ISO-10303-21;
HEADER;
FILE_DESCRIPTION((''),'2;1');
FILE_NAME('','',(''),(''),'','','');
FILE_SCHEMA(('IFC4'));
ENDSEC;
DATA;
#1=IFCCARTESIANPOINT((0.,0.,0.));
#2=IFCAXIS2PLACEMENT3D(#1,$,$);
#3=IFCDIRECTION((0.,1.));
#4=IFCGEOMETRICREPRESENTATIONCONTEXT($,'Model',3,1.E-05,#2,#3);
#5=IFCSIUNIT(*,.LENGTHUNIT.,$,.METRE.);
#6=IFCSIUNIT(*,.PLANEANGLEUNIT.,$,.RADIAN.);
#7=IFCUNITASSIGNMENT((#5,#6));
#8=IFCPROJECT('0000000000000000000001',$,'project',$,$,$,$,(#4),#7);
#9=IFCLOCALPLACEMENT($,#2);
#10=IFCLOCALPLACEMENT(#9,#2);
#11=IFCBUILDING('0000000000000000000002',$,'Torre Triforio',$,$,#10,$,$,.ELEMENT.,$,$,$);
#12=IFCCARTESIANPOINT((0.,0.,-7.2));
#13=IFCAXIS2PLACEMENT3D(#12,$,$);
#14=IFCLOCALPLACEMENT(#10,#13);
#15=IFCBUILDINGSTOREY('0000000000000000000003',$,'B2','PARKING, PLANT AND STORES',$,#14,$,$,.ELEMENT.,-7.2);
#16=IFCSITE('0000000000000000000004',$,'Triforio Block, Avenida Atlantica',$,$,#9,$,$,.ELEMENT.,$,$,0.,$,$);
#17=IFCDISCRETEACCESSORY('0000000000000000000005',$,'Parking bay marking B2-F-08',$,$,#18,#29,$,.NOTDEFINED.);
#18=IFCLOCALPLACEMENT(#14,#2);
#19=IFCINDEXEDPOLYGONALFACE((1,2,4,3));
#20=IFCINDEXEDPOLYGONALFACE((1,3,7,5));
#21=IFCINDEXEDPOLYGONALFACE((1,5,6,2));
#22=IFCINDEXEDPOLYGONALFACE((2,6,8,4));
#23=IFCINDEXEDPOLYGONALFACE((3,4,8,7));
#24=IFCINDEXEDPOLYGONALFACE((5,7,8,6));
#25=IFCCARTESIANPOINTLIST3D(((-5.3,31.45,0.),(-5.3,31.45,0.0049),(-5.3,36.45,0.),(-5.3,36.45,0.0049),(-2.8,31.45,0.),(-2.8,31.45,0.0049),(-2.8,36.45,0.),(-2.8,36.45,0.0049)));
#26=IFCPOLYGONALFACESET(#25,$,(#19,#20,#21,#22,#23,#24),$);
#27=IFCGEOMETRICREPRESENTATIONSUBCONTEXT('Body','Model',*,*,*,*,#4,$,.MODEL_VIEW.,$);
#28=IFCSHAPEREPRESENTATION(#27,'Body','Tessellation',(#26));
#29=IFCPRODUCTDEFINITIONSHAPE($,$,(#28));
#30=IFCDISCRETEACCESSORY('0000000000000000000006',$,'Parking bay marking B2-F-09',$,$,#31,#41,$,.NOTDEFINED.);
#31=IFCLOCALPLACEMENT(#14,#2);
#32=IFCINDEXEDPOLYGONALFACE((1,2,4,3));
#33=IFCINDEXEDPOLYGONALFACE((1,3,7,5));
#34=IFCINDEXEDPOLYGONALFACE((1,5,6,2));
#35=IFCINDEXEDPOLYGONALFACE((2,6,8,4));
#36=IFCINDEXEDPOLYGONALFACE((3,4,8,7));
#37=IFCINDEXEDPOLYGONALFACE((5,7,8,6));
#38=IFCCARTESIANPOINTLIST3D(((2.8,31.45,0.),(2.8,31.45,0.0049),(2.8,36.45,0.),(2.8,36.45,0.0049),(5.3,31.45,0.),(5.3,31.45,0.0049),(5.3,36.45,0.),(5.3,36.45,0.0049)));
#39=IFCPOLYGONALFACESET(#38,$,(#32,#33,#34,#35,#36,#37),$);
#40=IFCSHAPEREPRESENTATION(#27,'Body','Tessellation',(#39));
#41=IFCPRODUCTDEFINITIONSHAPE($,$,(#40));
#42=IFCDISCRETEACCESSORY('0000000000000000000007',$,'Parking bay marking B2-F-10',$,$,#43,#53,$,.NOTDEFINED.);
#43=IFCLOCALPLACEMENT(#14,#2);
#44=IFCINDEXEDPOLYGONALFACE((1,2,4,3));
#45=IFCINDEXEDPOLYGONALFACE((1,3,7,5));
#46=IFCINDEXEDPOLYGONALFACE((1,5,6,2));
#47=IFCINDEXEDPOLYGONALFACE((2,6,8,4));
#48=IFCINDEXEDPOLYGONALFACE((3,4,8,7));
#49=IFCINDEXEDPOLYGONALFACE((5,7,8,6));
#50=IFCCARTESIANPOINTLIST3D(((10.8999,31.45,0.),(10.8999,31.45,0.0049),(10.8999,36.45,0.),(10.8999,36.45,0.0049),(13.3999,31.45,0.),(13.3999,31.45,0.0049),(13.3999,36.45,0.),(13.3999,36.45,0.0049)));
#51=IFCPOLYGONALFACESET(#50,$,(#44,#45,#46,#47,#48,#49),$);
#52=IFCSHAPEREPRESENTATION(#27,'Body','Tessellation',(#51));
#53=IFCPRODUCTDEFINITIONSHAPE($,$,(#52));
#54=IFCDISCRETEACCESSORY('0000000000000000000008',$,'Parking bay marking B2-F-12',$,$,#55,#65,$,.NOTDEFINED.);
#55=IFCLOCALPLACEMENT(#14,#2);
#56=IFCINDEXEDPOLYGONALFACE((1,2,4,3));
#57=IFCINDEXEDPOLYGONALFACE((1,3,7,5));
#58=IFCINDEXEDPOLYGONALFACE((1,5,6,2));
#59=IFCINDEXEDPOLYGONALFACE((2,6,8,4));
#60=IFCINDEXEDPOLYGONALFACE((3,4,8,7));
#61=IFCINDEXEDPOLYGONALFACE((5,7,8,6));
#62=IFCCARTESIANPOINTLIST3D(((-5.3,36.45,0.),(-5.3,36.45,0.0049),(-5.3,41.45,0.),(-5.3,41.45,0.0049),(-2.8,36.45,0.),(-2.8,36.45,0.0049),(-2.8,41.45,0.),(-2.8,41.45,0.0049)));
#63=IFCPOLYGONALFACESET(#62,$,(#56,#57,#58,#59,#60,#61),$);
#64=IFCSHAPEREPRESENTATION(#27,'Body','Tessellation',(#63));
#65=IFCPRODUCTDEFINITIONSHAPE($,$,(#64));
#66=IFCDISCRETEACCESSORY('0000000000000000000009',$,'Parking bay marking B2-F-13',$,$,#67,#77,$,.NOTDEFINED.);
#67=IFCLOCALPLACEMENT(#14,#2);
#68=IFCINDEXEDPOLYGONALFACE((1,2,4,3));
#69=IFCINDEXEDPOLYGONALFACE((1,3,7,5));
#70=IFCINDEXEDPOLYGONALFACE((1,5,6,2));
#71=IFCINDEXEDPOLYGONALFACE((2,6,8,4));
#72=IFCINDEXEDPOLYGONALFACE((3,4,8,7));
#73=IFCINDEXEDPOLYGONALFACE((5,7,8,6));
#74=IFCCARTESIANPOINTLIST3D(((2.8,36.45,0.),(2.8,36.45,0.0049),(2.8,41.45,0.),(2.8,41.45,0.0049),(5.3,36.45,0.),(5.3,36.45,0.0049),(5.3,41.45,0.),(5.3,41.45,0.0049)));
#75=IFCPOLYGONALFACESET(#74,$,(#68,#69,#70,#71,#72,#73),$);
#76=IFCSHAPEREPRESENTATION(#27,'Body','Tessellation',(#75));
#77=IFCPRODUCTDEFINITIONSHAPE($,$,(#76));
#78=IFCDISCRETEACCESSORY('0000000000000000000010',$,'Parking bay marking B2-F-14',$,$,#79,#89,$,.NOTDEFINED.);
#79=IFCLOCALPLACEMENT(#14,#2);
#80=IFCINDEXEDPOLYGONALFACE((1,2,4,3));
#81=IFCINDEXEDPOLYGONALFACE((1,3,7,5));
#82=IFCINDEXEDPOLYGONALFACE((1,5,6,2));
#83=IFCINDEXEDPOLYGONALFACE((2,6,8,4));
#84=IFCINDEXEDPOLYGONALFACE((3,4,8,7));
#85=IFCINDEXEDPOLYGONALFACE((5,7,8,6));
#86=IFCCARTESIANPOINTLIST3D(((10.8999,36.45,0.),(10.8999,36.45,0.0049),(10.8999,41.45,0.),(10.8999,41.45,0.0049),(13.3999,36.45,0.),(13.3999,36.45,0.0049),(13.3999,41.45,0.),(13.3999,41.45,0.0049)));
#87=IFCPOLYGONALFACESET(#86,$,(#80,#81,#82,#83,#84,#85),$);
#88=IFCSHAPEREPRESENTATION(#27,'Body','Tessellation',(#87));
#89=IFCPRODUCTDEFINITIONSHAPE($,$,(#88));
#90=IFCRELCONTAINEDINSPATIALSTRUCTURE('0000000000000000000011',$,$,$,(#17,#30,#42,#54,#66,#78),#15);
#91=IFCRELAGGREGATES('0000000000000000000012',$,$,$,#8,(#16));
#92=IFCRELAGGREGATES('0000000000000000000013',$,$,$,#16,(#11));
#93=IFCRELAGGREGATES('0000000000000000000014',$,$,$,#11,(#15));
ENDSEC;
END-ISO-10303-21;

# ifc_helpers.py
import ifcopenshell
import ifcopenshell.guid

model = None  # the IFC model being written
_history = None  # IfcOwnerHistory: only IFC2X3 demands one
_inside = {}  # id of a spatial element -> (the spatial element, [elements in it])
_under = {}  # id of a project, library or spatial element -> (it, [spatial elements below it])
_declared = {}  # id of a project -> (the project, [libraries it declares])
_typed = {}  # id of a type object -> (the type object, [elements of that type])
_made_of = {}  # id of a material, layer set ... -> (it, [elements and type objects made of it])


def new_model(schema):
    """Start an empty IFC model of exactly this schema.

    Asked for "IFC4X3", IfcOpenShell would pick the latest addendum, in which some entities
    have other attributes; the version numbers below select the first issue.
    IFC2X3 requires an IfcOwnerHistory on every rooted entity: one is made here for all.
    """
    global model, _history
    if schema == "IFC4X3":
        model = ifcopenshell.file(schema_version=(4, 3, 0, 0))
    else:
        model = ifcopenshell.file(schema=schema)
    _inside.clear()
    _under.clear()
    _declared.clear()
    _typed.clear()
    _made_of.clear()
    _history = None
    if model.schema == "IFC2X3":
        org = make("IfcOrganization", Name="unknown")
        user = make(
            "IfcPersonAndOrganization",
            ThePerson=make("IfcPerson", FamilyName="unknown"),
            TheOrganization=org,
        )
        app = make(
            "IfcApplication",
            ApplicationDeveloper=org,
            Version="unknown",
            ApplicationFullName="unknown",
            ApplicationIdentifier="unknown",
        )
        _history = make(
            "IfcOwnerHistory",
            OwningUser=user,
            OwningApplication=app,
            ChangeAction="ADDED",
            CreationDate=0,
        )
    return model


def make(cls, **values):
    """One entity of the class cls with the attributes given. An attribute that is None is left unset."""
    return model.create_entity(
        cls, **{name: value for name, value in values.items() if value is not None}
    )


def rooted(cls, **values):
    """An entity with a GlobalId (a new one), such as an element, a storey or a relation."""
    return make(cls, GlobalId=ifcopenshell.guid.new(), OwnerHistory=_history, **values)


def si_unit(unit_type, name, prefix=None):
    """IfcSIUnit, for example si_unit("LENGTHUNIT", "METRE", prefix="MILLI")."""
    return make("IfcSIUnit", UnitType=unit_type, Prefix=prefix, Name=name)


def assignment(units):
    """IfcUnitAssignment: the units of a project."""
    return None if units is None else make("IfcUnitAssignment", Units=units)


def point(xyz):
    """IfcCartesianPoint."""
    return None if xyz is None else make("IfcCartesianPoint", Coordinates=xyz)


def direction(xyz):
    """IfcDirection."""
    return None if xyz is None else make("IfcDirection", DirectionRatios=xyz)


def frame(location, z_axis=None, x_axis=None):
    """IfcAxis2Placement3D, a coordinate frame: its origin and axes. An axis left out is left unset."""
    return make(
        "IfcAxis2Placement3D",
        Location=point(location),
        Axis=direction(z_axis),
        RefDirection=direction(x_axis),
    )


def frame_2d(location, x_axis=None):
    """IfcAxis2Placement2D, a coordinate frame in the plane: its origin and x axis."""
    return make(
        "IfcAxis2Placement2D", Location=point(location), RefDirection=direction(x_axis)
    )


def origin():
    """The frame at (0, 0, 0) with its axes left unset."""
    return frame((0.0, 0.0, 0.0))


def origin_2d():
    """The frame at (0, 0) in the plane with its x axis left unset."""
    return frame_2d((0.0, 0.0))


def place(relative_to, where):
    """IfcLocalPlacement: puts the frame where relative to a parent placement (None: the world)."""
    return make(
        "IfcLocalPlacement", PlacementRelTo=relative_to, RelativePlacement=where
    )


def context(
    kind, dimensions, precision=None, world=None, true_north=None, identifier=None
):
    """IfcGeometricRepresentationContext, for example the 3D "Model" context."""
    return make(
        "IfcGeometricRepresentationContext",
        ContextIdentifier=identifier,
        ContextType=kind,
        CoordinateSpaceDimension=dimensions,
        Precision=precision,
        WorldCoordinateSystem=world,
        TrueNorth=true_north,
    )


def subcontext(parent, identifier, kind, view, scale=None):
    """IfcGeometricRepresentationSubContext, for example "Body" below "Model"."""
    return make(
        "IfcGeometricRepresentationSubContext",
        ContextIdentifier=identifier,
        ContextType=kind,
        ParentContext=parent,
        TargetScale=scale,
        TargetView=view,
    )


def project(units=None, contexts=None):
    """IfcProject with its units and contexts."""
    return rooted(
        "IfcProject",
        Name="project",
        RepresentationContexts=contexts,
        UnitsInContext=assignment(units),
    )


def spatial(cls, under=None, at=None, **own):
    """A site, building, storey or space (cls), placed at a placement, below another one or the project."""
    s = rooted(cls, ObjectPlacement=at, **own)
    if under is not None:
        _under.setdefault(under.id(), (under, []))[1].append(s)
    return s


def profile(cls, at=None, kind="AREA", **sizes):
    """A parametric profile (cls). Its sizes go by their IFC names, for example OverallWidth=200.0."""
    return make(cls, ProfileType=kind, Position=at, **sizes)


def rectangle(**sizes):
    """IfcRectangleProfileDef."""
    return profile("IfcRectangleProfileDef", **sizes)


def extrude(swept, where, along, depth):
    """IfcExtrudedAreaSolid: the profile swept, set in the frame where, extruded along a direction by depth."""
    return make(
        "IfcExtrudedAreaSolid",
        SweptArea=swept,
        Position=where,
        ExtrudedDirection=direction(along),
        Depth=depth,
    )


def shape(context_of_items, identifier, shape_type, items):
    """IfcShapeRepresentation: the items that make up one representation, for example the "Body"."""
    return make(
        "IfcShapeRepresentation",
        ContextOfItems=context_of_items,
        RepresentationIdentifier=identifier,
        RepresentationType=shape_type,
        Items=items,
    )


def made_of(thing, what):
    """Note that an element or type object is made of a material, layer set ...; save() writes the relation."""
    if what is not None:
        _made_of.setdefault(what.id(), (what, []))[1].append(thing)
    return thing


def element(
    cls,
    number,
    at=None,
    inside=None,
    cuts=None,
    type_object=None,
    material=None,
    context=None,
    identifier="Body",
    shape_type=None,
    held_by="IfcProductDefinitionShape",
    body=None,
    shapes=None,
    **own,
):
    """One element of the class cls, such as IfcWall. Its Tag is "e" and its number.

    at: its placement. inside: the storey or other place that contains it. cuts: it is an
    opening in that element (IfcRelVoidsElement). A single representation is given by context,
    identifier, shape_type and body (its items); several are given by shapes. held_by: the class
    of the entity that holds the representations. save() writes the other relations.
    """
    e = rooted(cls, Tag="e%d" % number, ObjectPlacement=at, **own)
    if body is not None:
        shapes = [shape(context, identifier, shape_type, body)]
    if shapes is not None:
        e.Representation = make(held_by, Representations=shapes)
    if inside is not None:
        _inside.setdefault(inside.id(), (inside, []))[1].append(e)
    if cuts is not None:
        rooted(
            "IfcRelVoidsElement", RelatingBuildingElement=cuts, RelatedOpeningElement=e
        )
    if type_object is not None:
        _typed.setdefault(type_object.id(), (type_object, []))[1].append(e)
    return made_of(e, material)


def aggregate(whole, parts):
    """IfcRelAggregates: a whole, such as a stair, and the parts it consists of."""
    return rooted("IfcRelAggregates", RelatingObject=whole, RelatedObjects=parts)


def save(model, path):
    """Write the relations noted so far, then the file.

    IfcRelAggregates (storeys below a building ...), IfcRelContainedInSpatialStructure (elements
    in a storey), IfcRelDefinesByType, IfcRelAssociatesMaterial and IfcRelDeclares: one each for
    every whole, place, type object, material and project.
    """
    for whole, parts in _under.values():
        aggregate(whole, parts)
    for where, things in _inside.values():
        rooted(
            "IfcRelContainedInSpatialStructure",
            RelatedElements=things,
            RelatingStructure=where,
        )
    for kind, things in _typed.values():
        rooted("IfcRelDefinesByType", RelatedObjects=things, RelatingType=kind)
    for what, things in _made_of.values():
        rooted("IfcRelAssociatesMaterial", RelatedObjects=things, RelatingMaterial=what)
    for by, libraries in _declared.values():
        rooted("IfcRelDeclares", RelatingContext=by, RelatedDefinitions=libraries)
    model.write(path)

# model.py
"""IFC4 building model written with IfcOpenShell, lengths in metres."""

from ifc_helpers import new_model, si_unit, direction, frame, origin, origin_2d, place, context, subcontext, project, spatial, rectangle, extrude, element, save


model = new_model("IFC4")

# Units and contexts
model_context = context("Model", 3, precision=1e-05, world=origin(), true_north=direction((0.0, 1.0)))
body_context = subcontext(model_context, "Body", "Model", "MODEL_VIEW")
ifc_project = project(units=[si_unit("LENGTHUNIT", "METRE"), si_unit("PLANEANGLEUNIT", "RADIAN")], contexts=[model_context])

# Site, building, storey
site_placement = place(None, origin())
site = spatial("IfcSite", under=ifc_project, at=site_placement, Name="Triforio Block, Avenida Atlantica", CompositionType="ELEMENT", RefElevation=0.0)
building_placement = place(site_placement, origin())
building = spatial("IfcBuilding", under=site, at=building_placement, Name="Torre Triforio", CompositionType="ELEMENT")
storey_placement = place(building_placement, frame((0.0, 0.0, -7.2)))
storey = spatial("IfcBuildingStorey", under=building, at=storey_placement, Name="B2", Description="PARKING, PLANT AND STORES", CompositionType="ELEMENT", Elevation=-7.2)

# Discrete accessories
for number, where, z_axis, x_axis, name in (
    (1, (-4.05, 33.95, 0.0), (0.0, 0.0, 1.0), (1.0, 0.0, 0.0), "Parking bay marking B2-F-08"),
    (2, (4.05, 33.95, 0.0), (0.0, 0.0, 1.0), (1.0, 0.0, 0.0), "Parking bay marking B2-F-09"),
    (3, (12.1499, 33.95, 0.0), (0.0, 0.0, 1.0), (1.0, 0.0, 0.0), "Parking bay marking B2-F-10"),
    (4, (-4.05, 38.95, 0.0), (0.0, 0.0, 1.0), (1.0, 0.0, 0.0), "Parking bay marking B2-F-12"),
    (5, (4.05, 38.95, 0.0), (0.0, 0.0, 1.0), (1.0, 0.0, 0.0), "Parking bay marking B2-F-13"),
    (6, (12.1499, 38.95, 0.0), (0.0, 0.0, 1.0), (1.0, 0.0, 0.0), "Parking bay marking B2-F-14"),
):
    element("IfcDiscreteAccessory", number, at=place(storey_placement, frame(where, z_axis=z_axis, x_axis=x_axis)), inside=storey, Name=name, PredefinedType="NOTDEFINED", context=body_context, shape_type="SweptSolid", body=[
        extrude(rectangle(XDim=2.5, YDim=5.0, at=origin_2d()), origin(), (0.0, 0.0, 1.0), 0.0049),
    ])

save(model, "model.ifc")
